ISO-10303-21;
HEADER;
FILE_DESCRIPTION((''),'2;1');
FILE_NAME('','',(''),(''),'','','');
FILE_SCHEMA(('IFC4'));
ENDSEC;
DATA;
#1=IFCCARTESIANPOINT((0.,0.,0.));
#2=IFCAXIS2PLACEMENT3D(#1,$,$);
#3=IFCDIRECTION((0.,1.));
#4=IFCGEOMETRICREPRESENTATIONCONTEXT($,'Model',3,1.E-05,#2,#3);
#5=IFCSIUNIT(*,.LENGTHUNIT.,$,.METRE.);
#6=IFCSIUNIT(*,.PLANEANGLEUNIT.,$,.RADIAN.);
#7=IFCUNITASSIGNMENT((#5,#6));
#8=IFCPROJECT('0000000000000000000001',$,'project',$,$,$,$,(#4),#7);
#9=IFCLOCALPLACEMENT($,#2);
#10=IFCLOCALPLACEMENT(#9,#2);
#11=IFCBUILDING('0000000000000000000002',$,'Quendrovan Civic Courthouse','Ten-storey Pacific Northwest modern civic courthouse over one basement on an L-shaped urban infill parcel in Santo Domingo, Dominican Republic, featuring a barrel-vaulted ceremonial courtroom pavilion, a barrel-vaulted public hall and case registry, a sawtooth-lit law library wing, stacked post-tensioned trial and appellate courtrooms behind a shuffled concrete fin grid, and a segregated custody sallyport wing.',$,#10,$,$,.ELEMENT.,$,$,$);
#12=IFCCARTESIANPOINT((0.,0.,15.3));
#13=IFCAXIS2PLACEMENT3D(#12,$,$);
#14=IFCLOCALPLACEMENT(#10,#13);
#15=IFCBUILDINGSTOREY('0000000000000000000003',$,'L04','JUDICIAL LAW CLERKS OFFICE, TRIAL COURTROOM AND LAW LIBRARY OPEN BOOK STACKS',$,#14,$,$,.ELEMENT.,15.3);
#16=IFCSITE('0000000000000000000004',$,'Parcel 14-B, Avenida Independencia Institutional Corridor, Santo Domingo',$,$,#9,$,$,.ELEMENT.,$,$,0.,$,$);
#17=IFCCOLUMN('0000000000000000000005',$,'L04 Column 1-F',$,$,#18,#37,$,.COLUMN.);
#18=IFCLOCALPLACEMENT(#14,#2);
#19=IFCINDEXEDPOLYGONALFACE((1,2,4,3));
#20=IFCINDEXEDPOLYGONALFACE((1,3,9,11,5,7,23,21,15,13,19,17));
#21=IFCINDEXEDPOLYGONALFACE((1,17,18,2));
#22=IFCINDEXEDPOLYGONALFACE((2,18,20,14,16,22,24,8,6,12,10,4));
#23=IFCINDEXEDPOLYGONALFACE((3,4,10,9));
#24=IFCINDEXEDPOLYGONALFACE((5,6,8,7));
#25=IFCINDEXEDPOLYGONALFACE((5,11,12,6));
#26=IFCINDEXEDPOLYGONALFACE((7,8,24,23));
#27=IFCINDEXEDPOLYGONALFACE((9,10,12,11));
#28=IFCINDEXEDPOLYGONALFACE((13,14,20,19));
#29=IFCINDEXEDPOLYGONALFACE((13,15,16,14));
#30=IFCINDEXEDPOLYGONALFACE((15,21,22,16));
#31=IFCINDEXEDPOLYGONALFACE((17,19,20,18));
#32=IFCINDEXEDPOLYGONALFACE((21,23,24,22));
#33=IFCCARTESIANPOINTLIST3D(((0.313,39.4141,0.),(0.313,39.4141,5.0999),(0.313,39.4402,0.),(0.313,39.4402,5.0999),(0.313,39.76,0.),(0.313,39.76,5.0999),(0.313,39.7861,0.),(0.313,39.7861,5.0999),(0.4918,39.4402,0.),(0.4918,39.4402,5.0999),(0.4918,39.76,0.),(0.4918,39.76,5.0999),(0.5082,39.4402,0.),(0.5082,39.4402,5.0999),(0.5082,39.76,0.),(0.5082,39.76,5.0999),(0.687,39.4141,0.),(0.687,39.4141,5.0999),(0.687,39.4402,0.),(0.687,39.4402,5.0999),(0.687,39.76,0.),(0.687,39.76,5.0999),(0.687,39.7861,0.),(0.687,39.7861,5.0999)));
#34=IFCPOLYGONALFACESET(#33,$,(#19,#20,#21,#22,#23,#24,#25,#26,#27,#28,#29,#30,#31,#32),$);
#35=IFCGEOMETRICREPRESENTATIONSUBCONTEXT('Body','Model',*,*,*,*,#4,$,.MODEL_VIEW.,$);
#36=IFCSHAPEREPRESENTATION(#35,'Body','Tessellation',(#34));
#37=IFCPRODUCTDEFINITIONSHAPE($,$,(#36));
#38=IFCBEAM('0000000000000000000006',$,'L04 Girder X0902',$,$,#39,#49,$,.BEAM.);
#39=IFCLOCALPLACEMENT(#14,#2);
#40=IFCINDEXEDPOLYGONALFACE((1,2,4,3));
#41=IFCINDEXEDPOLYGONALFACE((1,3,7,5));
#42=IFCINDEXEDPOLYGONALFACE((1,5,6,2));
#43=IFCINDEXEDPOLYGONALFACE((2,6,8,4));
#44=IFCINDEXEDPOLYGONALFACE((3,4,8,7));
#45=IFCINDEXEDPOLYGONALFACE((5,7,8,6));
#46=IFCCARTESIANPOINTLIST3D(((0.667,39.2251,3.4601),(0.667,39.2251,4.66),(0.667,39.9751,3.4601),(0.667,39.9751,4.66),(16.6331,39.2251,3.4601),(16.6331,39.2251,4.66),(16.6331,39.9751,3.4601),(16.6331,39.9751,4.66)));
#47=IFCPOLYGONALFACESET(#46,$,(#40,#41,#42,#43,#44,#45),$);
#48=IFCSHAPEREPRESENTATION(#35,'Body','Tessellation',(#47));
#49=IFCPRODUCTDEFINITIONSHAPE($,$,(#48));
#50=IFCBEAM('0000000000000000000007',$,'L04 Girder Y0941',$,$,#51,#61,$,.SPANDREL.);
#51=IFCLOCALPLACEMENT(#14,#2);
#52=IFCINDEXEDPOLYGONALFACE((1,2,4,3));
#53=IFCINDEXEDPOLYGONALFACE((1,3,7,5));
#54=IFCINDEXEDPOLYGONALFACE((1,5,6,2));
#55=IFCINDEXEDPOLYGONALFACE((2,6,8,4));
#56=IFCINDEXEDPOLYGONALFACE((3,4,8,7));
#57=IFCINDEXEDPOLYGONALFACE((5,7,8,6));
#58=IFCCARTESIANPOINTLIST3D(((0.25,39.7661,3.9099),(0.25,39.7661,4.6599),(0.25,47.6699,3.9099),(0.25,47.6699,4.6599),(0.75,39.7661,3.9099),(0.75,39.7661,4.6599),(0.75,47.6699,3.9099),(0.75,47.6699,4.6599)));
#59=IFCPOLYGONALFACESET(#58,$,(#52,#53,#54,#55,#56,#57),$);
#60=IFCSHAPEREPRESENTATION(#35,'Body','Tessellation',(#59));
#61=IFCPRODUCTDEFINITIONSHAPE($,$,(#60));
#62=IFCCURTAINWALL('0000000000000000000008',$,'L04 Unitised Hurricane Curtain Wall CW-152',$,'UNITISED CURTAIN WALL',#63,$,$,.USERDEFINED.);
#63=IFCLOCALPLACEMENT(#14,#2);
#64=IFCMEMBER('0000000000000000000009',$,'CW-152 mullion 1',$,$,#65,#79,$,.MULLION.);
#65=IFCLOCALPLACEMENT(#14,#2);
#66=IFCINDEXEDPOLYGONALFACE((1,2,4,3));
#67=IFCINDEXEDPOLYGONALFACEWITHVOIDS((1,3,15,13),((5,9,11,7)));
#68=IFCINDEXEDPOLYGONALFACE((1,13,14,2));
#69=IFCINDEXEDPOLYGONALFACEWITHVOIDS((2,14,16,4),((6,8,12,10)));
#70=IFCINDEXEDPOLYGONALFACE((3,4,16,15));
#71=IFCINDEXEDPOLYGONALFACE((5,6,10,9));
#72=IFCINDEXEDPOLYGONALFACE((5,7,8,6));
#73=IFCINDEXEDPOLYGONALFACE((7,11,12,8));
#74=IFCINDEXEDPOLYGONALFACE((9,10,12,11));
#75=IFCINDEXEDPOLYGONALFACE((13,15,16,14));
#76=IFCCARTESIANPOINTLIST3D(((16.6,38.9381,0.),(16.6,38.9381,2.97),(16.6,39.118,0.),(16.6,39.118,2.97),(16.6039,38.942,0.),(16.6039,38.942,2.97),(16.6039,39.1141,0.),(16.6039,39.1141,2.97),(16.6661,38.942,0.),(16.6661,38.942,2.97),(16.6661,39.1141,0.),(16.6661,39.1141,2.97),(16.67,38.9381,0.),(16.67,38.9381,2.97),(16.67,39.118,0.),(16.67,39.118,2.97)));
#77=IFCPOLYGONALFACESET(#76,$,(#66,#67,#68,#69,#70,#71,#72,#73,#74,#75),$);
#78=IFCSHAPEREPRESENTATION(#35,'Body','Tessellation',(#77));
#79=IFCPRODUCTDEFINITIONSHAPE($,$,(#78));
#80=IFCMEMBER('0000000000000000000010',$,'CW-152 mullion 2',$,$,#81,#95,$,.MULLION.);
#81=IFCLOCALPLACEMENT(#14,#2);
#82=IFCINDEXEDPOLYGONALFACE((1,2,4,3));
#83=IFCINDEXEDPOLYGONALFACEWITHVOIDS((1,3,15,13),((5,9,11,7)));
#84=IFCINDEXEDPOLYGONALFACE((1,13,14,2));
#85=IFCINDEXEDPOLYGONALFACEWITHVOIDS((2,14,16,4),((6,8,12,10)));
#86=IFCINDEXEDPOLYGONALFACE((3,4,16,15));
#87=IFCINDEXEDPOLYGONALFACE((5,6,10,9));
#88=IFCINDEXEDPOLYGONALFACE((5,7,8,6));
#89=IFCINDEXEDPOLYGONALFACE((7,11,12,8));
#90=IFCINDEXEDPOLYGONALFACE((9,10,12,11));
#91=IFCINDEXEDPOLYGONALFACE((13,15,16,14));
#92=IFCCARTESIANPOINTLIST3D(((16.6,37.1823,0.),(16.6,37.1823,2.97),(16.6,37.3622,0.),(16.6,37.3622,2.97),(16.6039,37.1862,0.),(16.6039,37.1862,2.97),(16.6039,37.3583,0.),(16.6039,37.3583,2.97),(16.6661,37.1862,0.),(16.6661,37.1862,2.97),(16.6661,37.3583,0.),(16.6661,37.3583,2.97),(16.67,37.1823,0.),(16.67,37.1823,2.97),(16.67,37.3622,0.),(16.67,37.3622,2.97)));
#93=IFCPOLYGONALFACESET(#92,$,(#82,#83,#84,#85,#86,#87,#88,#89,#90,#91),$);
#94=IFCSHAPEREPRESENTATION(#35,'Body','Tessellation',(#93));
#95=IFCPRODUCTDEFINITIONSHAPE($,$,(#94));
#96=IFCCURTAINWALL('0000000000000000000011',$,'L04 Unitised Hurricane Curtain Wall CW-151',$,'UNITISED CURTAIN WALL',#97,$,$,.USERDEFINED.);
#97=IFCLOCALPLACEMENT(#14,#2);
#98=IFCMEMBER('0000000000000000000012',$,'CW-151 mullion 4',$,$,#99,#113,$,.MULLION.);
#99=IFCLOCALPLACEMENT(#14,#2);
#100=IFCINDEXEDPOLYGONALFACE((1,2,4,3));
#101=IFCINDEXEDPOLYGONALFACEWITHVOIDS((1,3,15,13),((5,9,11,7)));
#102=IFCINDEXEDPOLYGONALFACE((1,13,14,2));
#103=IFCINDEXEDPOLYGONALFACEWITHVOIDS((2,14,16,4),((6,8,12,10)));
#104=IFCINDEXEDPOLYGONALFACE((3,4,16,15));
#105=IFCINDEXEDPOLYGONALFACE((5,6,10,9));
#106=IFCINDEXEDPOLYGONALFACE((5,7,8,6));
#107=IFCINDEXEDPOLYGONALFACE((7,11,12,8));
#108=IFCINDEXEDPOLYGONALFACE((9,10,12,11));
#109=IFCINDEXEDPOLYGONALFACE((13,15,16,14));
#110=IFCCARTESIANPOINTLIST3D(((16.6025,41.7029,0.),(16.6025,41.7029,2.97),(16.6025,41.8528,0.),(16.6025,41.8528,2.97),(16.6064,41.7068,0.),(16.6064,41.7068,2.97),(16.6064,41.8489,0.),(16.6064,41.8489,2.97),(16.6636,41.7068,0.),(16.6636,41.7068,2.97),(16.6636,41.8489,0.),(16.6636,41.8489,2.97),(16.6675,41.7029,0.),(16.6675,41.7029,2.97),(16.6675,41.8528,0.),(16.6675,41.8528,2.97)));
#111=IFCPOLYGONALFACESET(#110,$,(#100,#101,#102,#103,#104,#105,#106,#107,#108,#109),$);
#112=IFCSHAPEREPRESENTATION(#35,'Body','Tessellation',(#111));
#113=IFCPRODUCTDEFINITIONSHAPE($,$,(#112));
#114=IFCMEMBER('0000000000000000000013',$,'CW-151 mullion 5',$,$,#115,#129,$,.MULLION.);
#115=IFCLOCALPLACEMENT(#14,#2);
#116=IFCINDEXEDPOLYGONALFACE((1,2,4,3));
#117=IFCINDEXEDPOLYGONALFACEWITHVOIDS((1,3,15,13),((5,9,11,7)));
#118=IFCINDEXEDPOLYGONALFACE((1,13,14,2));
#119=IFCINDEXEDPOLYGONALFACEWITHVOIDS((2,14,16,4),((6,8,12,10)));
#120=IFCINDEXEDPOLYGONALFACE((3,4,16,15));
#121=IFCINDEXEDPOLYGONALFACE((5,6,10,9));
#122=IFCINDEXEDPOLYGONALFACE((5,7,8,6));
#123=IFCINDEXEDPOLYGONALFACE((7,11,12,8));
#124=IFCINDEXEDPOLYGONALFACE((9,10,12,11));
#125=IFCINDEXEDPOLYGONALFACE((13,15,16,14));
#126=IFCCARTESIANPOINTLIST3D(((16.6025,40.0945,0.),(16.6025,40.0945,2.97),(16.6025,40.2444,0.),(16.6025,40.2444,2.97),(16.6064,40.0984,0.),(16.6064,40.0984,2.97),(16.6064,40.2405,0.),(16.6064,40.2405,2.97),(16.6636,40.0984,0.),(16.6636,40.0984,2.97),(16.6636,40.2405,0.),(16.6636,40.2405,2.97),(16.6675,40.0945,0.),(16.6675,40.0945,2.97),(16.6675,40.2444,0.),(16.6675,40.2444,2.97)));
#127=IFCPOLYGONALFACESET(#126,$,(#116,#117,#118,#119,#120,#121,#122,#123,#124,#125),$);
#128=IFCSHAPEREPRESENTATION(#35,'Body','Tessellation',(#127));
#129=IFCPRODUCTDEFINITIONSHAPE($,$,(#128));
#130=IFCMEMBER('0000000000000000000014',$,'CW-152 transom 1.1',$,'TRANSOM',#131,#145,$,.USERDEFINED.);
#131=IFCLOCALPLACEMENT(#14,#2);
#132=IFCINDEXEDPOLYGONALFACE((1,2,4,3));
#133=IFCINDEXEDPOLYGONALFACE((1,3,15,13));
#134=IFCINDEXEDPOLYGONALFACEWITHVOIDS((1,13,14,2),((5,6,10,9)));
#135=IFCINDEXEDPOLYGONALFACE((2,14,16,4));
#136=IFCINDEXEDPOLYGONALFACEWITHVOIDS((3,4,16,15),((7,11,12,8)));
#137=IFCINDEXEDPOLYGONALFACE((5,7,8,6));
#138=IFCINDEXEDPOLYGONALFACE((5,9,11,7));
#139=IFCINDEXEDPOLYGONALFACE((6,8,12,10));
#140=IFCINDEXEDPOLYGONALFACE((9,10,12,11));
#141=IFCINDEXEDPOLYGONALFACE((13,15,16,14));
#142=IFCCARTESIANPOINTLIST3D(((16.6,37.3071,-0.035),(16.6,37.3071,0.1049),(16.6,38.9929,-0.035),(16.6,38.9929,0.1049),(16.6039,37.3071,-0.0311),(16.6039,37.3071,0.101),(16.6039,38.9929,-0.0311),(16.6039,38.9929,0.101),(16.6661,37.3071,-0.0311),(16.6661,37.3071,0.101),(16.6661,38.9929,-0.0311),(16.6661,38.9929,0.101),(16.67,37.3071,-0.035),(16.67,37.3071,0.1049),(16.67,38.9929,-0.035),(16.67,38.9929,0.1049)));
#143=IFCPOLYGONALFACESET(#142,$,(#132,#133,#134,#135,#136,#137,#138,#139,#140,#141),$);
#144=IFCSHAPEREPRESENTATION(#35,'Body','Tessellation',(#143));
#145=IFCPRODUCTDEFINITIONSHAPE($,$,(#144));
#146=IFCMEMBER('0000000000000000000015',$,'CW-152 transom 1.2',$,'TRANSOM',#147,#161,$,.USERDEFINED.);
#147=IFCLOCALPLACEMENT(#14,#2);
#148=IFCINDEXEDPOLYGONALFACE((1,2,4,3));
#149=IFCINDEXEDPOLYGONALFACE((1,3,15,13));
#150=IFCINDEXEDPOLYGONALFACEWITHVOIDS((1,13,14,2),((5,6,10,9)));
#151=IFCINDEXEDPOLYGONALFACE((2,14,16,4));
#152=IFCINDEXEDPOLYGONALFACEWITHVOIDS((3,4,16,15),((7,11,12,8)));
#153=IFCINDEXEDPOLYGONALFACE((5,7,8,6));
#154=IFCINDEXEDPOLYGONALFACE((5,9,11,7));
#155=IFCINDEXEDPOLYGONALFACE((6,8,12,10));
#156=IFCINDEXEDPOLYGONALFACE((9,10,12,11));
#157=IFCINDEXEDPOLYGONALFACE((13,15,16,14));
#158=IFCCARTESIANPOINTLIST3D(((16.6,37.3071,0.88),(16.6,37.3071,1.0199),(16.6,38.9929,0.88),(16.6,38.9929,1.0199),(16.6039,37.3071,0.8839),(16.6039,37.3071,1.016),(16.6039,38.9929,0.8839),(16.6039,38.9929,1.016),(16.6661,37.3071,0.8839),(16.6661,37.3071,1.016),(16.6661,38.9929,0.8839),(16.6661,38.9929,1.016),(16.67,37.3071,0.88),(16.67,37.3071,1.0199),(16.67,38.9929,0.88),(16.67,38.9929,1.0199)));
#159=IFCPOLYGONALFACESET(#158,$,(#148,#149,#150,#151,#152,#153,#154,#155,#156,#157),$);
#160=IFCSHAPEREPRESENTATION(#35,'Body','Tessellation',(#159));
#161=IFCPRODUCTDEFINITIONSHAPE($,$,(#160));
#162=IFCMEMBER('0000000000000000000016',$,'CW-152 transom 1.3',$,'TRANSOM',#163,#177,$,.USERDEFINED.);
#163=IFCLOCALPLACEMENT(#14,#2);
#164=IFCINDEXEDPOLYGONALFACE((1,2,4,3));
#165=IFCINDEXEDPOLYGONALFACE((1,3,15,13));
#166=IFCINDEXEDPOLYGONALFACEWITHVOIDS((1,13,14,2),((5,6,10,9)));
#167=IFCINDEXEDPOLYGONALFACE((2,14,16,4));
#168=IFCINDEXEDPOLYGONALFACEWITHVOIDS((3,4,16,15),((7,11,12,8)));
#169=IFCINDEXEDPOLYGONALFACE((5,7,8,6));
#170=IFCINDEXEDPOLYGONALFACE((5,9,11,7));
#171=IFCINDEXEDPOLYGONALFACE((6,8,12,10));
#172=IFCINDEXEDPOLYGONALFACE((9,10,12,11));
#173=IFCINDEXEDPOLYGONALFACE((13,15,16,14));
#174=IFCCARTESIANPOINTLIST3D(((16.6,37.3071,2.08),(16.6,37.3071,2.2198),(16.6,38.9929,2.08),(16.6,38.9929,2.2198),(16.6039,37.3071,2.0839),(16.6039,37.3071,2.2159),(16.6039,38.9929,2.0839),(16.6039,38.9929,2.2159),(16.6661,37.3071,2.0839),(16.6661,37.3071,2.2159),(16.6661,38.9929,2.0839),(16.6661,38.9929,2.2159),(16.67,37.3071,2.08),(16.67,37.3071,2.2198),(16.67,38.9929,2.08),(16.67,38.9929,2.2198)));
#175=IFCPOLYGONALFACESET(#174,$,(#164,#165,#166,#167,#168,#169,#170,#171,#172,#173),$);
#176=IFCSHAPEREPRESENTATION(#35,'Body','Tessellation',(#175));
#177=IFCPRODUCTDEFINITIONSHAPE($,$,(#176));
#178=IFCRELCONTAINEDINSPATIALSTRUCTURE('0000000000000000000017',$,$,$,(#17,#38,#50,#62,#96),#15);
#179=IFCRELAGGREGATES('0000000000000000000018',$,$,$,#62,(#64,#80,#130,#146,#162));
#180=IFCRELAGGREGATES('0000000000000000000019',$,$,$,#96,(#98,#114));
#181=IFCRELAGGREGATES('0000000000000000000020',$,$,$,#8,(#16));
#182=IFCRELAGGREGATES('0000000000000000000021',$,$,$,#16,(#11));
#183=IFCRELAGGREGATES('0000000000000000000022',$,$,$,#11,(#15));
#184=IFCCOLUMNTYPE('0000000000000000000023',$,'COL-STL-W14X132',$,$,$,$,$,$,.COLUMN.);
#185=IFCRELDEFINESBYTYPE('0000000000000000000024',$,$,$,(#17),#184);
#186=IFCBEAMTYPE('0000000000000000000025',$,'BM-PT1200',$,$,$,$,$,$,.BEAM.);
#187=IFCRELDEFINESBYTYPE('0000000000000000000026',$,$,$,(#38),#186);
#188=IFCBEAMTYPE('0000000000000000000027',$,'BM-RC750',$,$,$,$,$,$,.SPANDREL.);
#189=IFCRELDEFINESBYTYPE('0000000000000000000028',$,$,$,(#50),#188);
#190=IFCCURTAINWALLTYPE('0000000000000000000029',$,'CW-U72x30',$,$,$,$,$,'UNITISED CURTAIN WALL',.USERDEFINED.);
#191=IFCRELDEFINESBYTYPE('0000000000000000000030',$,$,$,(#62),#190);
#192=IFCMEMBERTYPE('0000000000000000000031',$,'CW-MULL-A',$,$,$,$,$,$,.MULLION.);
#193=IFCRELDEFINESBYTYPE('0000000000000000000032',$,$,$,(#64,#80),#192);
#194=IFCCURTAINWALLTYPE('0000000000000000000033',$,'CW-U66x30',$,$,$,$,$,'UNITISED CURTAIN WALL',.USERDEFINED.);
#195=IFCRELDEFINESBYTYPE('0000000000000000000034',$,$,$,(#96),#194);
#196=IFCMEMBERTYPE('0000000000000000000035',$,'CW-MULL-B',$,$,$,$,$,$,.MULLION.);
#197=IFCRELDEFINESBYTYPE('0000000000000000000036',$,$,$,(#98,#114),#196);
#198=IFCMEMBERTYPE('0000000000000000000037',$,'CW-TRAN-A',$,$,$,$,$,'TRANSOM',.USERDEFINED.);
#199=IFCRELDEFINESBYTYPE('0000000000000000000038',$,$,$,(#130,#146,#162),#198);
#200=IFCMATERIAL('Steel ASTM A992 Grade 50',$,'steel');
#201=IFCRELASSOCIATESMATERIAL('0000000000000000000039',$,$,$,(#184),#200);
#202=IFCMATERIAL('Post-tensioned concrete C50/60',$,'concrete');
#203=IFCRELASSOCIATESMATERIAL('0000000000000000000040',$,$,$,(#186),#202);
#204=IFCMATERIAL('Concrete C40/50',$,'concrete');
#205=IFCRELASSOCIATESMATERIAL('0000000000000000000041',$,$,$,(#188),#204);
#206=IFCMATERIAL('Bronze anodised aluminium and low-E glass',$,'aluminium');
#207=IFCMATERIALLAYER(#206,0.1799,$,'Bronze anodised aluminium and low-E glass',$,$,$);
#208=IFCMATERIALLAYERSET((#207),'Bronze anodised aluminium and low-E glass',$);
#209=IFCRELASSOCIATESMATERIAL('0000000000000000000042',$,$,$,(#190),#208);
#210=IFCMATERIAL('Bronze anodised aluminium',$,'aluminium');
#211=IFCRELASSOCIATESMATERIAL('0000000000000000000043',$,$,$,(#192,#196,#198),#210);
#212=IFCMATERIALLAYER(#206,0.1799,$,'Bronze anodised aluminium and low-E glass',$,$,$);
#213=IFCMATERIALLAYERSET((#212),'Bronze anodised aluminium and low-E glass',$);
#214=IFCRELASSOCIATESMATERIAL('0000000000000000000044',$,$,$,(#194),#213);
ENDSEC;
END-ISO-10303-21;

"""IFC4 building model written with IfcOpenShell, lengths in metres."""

from ifc_helpers import new_model, si_unit, direction, frame, origin, origin_2d, place, context, subcontext, project, spatial, rectangle, hollow_rectangle, i_section, extrude, material, layer, layer_set, material_profile, profile_set, type_object, element, aggregate, save


model = new_model("IFC4")

# Units and contexts
model_context = context("Model", 3, precision=1e-05, world=origin(), true_north=direction((0.0, 1.0)))
body_context = subcontext(model_context, "Body", "Model", "MODEL_VIEW")
ifc_project = project(units=[si_unit("LENGTHUNIT", "METRE"), si_unit("PLANEANGLEUNIT", "RADIAN")], contexts=[model_context])

# Site, building, storey
site_placement = place(None, origin())
site = spatial("IfcSite", under=ifc_project, at=site_placement, Name="Parcel 14-B, Avenida Independencia Institutional Corridor, Santo Domingo", CompositionType="ELEMENT", RefElevation=0.0)
building_placement = place(site_placement, origin())
building = spatial("IfcBuilding", under=site, at=building_placement, Name="Quendrovan Civic Courthouse", Description="Ten-storey Pacific Northwest modern civic courthouse over one basement on an L-shaped urban infill parcel in Santo Domingo, Dominican Republic, featuring a barrel-vaulted ceremonial courtroom pavilion, a barrel-vaulted public hall and case registry, a sawtooth-lit law library wing, stacked post-tensioned trial and appellate courtrooms behind a shuffled concrete fin grid, and a segregated custody sallyport wing.", CompositionType="ELEMENT")
storey_placement = place(building_placement, frame((0.0, 0.0, 15.3)))
storey = spatial("IfcBuildingStorey", under=building, at=storey_placement, Name="L04", Description="JUDICIAL LAW CLERKS OFFICE, TRIAL COURTROOM AND LAW LIBRARY OPEN BOOK STACKS", CompositionType="ELEMENT", Elevation=15.3)

# Column
ifc_material_1 = material(Name="Steel ASTM A992 Grade 50", Category="steel")
ifc_material_profile_1 = material_profile(ifc_material_1, i_section(OverallWidth=0.374, OverallDepth=0.3721, WebThickness=0.0164, FlangeThickness=0.0261, at=origin_2d()), Name="W14X132")
ifc_profile_set_1 = profile_set([ifc_material_profile_1], Name="Steel ASTM A992 Grade 50")
column_type = type_object("IfcColumnType", Name="COL-STL-W14X132", PredefinedType="COLUMN", material=ifc_profile_set_1)
column_placement = place(storey_placement, frame((0.5, 39.6001, 0.0), z_axis=(0.0, 0.0, 1.0), x_axis=(1.0, 0.0, 0.0)))
element("IfcColumn", 1, at=column_placement, inside=storey, type_object=column_type, Name="L04 Column 1-F", PredefinedType="COLUMN", context=body_context, shape_type="SweptSolid", body=[
    extrude(i_section(OverallWidth=0.374, OverallDepth=0.3721, WebThickness=0.0164, FlangeThickness=0.0261, at=origin_2d()), origin(), (0.0, 0.0, 1.0), 5.0999),
])

# Beams
ifc_material_2 = material(Name="Post-tensioned concrete C50/60", Category="concrete")
ifc_material_profile_2 = material_profile(ifc_material_2, rectangle(XDim=0.75, YDim=1.2, at=origin_2d()), Name="PT-GIRD-750x1200")
ifc_profile_set_2 = profile_set([ifc_material_profile_2], Name="Post-tensioned concrete C50/60")
beam_type_1 = type_object("IfcBeamType", Name="BM-PT1200", PredefinedType="BEAM", material=ifc_profile_set_2)
beam_1_placement = place(storey_placement, frame((0.667, 39.6001, 4.0601), z_axis=(1.0, 0.0, 0.0), x_axis=(0.0, 1.0, 0.0)))
element("IfcBeam", 2, at=beam_1_placement, inside=storey, type_object=beam_type_1, Name="L04 Girder X0902", PredefinedType="BEAM", context=body_context, shape_type="SweptSolid", body=[
    extrude(rectangle(XDim=0.75, YDim=1.2, at=origin_2d()), origin(), (0.0, 0.0, 1.0), 15.9661),
])
ifc_material_3 = material(Name="Concrete C40/50", Category="concrete")
ifc_material_profile_3 = material_profile(ifc_material_3, rectangle(XDim=0.5, YDim=0.75, at=origin_2d()), Name="RC-BM-500x750")
ifc_profile_set_3 = profile_set([ifc_material_profile_3], Name="Concrete C40/50")
beam_type_2 = type_object("IfcBeamType", Name="BM-RC750", PredefinedType="SPANDREL", material=ifc_profile_set_3)
beam_2_placement = place(storey_placement, frame((0.5, 39.7661, 4.2849), z_axis=(0.0, 1.0, 0.0), x_axis=(-1.0, 0.0, 0.0)))
element("IfcBeam", 3, at=beam_2_placement, inside=storey, type_object=beam_type_2, Name="L04 Girder Y0941", PredefinedType="SPANDREL", context=body_context, shape_type="SweptSolid", body=[
    extrude(rectangle(XDim=0.5, YDim=0.75, at=origin_2d()), origin(), (0.0, 0.0, 1.0), 7.9038),
])

# Curtain walls, members
ifc_material_4 = material(Name="Bronze anodised aluminium and low-E glass", Category="aluminium")
ifc_layer_1 = layer(ifc_material_4, 0.1799, Name="Bronze anodised aluminium and low-E glass")
ifc_layer_set_1 = layer_set([ifc_layer_1], Name="Bronze anodised aluminium and low-E glass")
curtain_wall_type_1 = type_object("IfcCurtainWallType", Name="CW-U72x30", ElementType="UNITISED CURTAIN WALL", PredefinedType="USERDEFINED", material=ifc_layer_set_1)
curtain_wall_1_placement = place(storey_placement, origin())
curtain_wall_1 = element("IfcCurtainWall", 4, at=curtain_wall_1_placement, inside=storey, type_object=curtain_wall_type_1, Name="L04 Unitised Hurricane Curtain Wall CW-152", ObjectType="UNITISED CURTAIN WALL", PredefinedType="USERDEFINED")
ifc_material_5 = material(Name="Bronze anodised aluminium", Category="aluminium")
ifc_material_profile_4 = material_profile(ifc_material_5, hollow_rectangle(XDim=0.0701, YDim=0.1799, WallThickness=0.0039, at=origin_2d()), Name="CW-MULL-70x180")
ifc_profile_set_4 = profile_set([ifc_material_profile_4], Name="Bronze anodised aluminium")
member_type_1 = type_object("IfcMemberType", Name="CW-MULL-A", PredefinedType="MULLION", material=ifc_profile_set_4)
member_1_placement = place(storey_placement, frame((16.635, 39.0281, 0.0), z_axis=(0.0, 0.0, 1.0), x_axis=(1.0, 0.0, 0.0)))
member_1 = element("IfcMember", 5, at=member_1_placement, type_object=member_type_1, Name="CW-152 mullion 1", PredefinedType="MULLION", context=body_context, shape_type="SweptSolid", body=[
    extrude(hollow_rectangle(XDim=0.0701, YDim=0.1799, WallThickness=0.0039, at=origin_2d()), origin(), (0.0, 0.0, 1.0), 2.97),
])
member_2_placement = place(storey_placement, frame((16.635, 37.2722, 0.0), z_axis=(0.0, 0.0, 1.0), x_axis=(1.0, 0.0, 0.0)))
member_2 = element("IfcMember", 6, at=member_2_placement, type_object=member_type_1, Name="CW-152 mullion 2", PredefinedType="MULLION", context=body_context, shape_type="SweptSolid", body=[
    extrude(hollow_rectangle(XDim=0.0701, YDim=0.1799, WallThickness=0.0039, at=origin_2d()), origin(), (0.0, 0.0, 1.0), 2.97),
])
ifc_layer_2 = layer(ifc_material_4, 0.1799, Name="Bronze anodised aluminium and low-E glass")
ifc_layer_set_2 = layer_set([ifc_layer_2], Name="Bronze anodised aluminium and low-E glass")
curtain_wall_type_2 = type_object("IfcCurtainWallType", Name="CW-U66x30", ElementType="UNITISED CURTAIN WALL", PredefinedType="USERDEFINED", material=ifc_layer_set_2)
curtain_wall_2_placement = place(storey_placement, origin())
curtain_wall_2 = element("IfcCurtainWall", 7, at=curtain_wall_2_placement, inside=storey, type_object=curtain_wall_type_2, Name="L04 Unitised Hurricane Curtain Wall CW-151", ObjectType="UNITISED CURTAIN WALL", PredefinedType="USERDEFINED")
ifc_material_profile_5 = material_profile(ifc_material_5, hollow_rectangle(XDim=0.0649, YDim=0.1499, WallThickness=0.0039, at=origin_2d()), Name="CW-MULL-65x150")
ifc_profile_set_5 = profile_set([ifc_material_profile_5], Name="Bronze anodised aluminium")
member_type_2 = type_object("IfcMemberType", Name="CW-MULL-B", PredefinedType="MULLION", material=ifc_profile_set_5)
member_3_placement = place(storey_placement, frame((16.635, 41.7778, 0.0), z_axis=(0.0, 0.0, 1.0), x_axis=(1.0, 0.0, 0.0)))
member_3 = element("IfcMember", 8, at=member_3_placement, type_object=member_type_2, Name="CW-151 mullion 4", PredefinedType="MULLION", context=body_context, shape_type="SweptSolid", body=[
    extrude(hollow_rectangle(XDim=0.0649, YDim=0.1499, WallThickness=0.0039, at=origin_2d()), origin(), (0.0, 0.0, 1.0), 2.97),
])
member_4_placement = place(storey_placement, frame((16.635, 40.1694, 0.0), z_axis=(0.0, 0.0, 1.0), x_axis=(1.0, 0.0, 0.0)))
member_4 = element("IfcMember", 9, at=member_4_placement, type_object=member_type_2, Name="CW-151 mullion 5", PredefinedType="MULLION", context=body_context, shape_type="SweptSolid", body=[
    extrude(hollow_rectangle(XDim=0.0649, YDim=0.1499, WallThickness=0.0039, at=origin_2d()), origin(), (0.0, 0.0, 1.0), 2.97),
])

# Members
ifc_material_profile_6 = material_profile(ifc_material_5, hollow_rectangle(XDim=0.0701, YDim=0.1399, WallThickness=0.0039, at=origin_2d()), Name="CW-TRAN-70x140")
ifc_profile_set_6 = profile_set([ifc_material_profile_6], Name="Bronze anodised aluminium")
member_type_3 = type_object("IfcMemberType", Name="CW-TRAN-A", ElementType="TRANSOM", PredefinedType="USERDEFINED", material=ifc_profile_set_6)
member_5_placement = place(storey_placement, frame((16.635, 38.9929, 0.0349), z_axis=(0.0, -1.0, 0.0), x_axis=(1.0, 0.0, 0.0)))
member_5 = element("IfcMember", 10, at=member_5_placement, type_object=member_type_3, Name="CW-152 transom 1.1", ObjectType="TRANSOM", PredefinedType="USERDEFINED", context=body_context, shape_type="SweptSolid", body=[
    extrude(hollow_rectangle(XDim=0.0701, YDim=0.1399, WallThickness=0.0039, at=origin_2d()), origin(), (0.0, 0.0, 1.0), 1.6858),
])
member_6_placement = place(storey_placement, frame((16.635, 38.9929, 0.95), z_axis=(0.0, -1.0, 0.0), x_axis=(1.0, 0.0, 0.0)))
member_6 = element("IfcMember", 11, at=member_6_placement, type_object=member_type_3, Name="CW-152 transom 1.2", ObjectType="TRANSOM", PredefinedType="USERDEFINED", context=body_context, shape_type="SweptSolid", body=[
    extrude(hollow_rectangle(XDim=0.0701, YDim=0.1399, WallThickness=0.0039, at=origin_2d()), origin(), (0.0, 0.0, 1.0), 1.6858),
])
member_7_placement = place(storey_placement, frame((16.635, 38.9929, 2.1499), z_axis=(0.0, -1.0, 0.0), x_axis=(1.0, 0.0, 0.0)))
member_7 = element("IfcMember", 12, at=member_7_placement, type_object=member_type_3, Name="CW-152 transom 1.3", ObjectType="TRANSOM", PredefinedType="USERDEFINED", context=body_context, shape_type="SweptSolid", body=[
    extrude(hollow_rectangle(XDim=0.0701, YDim=0.1399, WallThickness=0.0039, at=origin_2d()), origin(), (0.0, 0.0, 1.0), 1.6858),
])

aggregate(curtain_wall_1, [member_1, member_2, member_5, member_6, member_7])
aggregate(curtain_wall_2, [member_3, member_4])

save(model, "model.ifc")
